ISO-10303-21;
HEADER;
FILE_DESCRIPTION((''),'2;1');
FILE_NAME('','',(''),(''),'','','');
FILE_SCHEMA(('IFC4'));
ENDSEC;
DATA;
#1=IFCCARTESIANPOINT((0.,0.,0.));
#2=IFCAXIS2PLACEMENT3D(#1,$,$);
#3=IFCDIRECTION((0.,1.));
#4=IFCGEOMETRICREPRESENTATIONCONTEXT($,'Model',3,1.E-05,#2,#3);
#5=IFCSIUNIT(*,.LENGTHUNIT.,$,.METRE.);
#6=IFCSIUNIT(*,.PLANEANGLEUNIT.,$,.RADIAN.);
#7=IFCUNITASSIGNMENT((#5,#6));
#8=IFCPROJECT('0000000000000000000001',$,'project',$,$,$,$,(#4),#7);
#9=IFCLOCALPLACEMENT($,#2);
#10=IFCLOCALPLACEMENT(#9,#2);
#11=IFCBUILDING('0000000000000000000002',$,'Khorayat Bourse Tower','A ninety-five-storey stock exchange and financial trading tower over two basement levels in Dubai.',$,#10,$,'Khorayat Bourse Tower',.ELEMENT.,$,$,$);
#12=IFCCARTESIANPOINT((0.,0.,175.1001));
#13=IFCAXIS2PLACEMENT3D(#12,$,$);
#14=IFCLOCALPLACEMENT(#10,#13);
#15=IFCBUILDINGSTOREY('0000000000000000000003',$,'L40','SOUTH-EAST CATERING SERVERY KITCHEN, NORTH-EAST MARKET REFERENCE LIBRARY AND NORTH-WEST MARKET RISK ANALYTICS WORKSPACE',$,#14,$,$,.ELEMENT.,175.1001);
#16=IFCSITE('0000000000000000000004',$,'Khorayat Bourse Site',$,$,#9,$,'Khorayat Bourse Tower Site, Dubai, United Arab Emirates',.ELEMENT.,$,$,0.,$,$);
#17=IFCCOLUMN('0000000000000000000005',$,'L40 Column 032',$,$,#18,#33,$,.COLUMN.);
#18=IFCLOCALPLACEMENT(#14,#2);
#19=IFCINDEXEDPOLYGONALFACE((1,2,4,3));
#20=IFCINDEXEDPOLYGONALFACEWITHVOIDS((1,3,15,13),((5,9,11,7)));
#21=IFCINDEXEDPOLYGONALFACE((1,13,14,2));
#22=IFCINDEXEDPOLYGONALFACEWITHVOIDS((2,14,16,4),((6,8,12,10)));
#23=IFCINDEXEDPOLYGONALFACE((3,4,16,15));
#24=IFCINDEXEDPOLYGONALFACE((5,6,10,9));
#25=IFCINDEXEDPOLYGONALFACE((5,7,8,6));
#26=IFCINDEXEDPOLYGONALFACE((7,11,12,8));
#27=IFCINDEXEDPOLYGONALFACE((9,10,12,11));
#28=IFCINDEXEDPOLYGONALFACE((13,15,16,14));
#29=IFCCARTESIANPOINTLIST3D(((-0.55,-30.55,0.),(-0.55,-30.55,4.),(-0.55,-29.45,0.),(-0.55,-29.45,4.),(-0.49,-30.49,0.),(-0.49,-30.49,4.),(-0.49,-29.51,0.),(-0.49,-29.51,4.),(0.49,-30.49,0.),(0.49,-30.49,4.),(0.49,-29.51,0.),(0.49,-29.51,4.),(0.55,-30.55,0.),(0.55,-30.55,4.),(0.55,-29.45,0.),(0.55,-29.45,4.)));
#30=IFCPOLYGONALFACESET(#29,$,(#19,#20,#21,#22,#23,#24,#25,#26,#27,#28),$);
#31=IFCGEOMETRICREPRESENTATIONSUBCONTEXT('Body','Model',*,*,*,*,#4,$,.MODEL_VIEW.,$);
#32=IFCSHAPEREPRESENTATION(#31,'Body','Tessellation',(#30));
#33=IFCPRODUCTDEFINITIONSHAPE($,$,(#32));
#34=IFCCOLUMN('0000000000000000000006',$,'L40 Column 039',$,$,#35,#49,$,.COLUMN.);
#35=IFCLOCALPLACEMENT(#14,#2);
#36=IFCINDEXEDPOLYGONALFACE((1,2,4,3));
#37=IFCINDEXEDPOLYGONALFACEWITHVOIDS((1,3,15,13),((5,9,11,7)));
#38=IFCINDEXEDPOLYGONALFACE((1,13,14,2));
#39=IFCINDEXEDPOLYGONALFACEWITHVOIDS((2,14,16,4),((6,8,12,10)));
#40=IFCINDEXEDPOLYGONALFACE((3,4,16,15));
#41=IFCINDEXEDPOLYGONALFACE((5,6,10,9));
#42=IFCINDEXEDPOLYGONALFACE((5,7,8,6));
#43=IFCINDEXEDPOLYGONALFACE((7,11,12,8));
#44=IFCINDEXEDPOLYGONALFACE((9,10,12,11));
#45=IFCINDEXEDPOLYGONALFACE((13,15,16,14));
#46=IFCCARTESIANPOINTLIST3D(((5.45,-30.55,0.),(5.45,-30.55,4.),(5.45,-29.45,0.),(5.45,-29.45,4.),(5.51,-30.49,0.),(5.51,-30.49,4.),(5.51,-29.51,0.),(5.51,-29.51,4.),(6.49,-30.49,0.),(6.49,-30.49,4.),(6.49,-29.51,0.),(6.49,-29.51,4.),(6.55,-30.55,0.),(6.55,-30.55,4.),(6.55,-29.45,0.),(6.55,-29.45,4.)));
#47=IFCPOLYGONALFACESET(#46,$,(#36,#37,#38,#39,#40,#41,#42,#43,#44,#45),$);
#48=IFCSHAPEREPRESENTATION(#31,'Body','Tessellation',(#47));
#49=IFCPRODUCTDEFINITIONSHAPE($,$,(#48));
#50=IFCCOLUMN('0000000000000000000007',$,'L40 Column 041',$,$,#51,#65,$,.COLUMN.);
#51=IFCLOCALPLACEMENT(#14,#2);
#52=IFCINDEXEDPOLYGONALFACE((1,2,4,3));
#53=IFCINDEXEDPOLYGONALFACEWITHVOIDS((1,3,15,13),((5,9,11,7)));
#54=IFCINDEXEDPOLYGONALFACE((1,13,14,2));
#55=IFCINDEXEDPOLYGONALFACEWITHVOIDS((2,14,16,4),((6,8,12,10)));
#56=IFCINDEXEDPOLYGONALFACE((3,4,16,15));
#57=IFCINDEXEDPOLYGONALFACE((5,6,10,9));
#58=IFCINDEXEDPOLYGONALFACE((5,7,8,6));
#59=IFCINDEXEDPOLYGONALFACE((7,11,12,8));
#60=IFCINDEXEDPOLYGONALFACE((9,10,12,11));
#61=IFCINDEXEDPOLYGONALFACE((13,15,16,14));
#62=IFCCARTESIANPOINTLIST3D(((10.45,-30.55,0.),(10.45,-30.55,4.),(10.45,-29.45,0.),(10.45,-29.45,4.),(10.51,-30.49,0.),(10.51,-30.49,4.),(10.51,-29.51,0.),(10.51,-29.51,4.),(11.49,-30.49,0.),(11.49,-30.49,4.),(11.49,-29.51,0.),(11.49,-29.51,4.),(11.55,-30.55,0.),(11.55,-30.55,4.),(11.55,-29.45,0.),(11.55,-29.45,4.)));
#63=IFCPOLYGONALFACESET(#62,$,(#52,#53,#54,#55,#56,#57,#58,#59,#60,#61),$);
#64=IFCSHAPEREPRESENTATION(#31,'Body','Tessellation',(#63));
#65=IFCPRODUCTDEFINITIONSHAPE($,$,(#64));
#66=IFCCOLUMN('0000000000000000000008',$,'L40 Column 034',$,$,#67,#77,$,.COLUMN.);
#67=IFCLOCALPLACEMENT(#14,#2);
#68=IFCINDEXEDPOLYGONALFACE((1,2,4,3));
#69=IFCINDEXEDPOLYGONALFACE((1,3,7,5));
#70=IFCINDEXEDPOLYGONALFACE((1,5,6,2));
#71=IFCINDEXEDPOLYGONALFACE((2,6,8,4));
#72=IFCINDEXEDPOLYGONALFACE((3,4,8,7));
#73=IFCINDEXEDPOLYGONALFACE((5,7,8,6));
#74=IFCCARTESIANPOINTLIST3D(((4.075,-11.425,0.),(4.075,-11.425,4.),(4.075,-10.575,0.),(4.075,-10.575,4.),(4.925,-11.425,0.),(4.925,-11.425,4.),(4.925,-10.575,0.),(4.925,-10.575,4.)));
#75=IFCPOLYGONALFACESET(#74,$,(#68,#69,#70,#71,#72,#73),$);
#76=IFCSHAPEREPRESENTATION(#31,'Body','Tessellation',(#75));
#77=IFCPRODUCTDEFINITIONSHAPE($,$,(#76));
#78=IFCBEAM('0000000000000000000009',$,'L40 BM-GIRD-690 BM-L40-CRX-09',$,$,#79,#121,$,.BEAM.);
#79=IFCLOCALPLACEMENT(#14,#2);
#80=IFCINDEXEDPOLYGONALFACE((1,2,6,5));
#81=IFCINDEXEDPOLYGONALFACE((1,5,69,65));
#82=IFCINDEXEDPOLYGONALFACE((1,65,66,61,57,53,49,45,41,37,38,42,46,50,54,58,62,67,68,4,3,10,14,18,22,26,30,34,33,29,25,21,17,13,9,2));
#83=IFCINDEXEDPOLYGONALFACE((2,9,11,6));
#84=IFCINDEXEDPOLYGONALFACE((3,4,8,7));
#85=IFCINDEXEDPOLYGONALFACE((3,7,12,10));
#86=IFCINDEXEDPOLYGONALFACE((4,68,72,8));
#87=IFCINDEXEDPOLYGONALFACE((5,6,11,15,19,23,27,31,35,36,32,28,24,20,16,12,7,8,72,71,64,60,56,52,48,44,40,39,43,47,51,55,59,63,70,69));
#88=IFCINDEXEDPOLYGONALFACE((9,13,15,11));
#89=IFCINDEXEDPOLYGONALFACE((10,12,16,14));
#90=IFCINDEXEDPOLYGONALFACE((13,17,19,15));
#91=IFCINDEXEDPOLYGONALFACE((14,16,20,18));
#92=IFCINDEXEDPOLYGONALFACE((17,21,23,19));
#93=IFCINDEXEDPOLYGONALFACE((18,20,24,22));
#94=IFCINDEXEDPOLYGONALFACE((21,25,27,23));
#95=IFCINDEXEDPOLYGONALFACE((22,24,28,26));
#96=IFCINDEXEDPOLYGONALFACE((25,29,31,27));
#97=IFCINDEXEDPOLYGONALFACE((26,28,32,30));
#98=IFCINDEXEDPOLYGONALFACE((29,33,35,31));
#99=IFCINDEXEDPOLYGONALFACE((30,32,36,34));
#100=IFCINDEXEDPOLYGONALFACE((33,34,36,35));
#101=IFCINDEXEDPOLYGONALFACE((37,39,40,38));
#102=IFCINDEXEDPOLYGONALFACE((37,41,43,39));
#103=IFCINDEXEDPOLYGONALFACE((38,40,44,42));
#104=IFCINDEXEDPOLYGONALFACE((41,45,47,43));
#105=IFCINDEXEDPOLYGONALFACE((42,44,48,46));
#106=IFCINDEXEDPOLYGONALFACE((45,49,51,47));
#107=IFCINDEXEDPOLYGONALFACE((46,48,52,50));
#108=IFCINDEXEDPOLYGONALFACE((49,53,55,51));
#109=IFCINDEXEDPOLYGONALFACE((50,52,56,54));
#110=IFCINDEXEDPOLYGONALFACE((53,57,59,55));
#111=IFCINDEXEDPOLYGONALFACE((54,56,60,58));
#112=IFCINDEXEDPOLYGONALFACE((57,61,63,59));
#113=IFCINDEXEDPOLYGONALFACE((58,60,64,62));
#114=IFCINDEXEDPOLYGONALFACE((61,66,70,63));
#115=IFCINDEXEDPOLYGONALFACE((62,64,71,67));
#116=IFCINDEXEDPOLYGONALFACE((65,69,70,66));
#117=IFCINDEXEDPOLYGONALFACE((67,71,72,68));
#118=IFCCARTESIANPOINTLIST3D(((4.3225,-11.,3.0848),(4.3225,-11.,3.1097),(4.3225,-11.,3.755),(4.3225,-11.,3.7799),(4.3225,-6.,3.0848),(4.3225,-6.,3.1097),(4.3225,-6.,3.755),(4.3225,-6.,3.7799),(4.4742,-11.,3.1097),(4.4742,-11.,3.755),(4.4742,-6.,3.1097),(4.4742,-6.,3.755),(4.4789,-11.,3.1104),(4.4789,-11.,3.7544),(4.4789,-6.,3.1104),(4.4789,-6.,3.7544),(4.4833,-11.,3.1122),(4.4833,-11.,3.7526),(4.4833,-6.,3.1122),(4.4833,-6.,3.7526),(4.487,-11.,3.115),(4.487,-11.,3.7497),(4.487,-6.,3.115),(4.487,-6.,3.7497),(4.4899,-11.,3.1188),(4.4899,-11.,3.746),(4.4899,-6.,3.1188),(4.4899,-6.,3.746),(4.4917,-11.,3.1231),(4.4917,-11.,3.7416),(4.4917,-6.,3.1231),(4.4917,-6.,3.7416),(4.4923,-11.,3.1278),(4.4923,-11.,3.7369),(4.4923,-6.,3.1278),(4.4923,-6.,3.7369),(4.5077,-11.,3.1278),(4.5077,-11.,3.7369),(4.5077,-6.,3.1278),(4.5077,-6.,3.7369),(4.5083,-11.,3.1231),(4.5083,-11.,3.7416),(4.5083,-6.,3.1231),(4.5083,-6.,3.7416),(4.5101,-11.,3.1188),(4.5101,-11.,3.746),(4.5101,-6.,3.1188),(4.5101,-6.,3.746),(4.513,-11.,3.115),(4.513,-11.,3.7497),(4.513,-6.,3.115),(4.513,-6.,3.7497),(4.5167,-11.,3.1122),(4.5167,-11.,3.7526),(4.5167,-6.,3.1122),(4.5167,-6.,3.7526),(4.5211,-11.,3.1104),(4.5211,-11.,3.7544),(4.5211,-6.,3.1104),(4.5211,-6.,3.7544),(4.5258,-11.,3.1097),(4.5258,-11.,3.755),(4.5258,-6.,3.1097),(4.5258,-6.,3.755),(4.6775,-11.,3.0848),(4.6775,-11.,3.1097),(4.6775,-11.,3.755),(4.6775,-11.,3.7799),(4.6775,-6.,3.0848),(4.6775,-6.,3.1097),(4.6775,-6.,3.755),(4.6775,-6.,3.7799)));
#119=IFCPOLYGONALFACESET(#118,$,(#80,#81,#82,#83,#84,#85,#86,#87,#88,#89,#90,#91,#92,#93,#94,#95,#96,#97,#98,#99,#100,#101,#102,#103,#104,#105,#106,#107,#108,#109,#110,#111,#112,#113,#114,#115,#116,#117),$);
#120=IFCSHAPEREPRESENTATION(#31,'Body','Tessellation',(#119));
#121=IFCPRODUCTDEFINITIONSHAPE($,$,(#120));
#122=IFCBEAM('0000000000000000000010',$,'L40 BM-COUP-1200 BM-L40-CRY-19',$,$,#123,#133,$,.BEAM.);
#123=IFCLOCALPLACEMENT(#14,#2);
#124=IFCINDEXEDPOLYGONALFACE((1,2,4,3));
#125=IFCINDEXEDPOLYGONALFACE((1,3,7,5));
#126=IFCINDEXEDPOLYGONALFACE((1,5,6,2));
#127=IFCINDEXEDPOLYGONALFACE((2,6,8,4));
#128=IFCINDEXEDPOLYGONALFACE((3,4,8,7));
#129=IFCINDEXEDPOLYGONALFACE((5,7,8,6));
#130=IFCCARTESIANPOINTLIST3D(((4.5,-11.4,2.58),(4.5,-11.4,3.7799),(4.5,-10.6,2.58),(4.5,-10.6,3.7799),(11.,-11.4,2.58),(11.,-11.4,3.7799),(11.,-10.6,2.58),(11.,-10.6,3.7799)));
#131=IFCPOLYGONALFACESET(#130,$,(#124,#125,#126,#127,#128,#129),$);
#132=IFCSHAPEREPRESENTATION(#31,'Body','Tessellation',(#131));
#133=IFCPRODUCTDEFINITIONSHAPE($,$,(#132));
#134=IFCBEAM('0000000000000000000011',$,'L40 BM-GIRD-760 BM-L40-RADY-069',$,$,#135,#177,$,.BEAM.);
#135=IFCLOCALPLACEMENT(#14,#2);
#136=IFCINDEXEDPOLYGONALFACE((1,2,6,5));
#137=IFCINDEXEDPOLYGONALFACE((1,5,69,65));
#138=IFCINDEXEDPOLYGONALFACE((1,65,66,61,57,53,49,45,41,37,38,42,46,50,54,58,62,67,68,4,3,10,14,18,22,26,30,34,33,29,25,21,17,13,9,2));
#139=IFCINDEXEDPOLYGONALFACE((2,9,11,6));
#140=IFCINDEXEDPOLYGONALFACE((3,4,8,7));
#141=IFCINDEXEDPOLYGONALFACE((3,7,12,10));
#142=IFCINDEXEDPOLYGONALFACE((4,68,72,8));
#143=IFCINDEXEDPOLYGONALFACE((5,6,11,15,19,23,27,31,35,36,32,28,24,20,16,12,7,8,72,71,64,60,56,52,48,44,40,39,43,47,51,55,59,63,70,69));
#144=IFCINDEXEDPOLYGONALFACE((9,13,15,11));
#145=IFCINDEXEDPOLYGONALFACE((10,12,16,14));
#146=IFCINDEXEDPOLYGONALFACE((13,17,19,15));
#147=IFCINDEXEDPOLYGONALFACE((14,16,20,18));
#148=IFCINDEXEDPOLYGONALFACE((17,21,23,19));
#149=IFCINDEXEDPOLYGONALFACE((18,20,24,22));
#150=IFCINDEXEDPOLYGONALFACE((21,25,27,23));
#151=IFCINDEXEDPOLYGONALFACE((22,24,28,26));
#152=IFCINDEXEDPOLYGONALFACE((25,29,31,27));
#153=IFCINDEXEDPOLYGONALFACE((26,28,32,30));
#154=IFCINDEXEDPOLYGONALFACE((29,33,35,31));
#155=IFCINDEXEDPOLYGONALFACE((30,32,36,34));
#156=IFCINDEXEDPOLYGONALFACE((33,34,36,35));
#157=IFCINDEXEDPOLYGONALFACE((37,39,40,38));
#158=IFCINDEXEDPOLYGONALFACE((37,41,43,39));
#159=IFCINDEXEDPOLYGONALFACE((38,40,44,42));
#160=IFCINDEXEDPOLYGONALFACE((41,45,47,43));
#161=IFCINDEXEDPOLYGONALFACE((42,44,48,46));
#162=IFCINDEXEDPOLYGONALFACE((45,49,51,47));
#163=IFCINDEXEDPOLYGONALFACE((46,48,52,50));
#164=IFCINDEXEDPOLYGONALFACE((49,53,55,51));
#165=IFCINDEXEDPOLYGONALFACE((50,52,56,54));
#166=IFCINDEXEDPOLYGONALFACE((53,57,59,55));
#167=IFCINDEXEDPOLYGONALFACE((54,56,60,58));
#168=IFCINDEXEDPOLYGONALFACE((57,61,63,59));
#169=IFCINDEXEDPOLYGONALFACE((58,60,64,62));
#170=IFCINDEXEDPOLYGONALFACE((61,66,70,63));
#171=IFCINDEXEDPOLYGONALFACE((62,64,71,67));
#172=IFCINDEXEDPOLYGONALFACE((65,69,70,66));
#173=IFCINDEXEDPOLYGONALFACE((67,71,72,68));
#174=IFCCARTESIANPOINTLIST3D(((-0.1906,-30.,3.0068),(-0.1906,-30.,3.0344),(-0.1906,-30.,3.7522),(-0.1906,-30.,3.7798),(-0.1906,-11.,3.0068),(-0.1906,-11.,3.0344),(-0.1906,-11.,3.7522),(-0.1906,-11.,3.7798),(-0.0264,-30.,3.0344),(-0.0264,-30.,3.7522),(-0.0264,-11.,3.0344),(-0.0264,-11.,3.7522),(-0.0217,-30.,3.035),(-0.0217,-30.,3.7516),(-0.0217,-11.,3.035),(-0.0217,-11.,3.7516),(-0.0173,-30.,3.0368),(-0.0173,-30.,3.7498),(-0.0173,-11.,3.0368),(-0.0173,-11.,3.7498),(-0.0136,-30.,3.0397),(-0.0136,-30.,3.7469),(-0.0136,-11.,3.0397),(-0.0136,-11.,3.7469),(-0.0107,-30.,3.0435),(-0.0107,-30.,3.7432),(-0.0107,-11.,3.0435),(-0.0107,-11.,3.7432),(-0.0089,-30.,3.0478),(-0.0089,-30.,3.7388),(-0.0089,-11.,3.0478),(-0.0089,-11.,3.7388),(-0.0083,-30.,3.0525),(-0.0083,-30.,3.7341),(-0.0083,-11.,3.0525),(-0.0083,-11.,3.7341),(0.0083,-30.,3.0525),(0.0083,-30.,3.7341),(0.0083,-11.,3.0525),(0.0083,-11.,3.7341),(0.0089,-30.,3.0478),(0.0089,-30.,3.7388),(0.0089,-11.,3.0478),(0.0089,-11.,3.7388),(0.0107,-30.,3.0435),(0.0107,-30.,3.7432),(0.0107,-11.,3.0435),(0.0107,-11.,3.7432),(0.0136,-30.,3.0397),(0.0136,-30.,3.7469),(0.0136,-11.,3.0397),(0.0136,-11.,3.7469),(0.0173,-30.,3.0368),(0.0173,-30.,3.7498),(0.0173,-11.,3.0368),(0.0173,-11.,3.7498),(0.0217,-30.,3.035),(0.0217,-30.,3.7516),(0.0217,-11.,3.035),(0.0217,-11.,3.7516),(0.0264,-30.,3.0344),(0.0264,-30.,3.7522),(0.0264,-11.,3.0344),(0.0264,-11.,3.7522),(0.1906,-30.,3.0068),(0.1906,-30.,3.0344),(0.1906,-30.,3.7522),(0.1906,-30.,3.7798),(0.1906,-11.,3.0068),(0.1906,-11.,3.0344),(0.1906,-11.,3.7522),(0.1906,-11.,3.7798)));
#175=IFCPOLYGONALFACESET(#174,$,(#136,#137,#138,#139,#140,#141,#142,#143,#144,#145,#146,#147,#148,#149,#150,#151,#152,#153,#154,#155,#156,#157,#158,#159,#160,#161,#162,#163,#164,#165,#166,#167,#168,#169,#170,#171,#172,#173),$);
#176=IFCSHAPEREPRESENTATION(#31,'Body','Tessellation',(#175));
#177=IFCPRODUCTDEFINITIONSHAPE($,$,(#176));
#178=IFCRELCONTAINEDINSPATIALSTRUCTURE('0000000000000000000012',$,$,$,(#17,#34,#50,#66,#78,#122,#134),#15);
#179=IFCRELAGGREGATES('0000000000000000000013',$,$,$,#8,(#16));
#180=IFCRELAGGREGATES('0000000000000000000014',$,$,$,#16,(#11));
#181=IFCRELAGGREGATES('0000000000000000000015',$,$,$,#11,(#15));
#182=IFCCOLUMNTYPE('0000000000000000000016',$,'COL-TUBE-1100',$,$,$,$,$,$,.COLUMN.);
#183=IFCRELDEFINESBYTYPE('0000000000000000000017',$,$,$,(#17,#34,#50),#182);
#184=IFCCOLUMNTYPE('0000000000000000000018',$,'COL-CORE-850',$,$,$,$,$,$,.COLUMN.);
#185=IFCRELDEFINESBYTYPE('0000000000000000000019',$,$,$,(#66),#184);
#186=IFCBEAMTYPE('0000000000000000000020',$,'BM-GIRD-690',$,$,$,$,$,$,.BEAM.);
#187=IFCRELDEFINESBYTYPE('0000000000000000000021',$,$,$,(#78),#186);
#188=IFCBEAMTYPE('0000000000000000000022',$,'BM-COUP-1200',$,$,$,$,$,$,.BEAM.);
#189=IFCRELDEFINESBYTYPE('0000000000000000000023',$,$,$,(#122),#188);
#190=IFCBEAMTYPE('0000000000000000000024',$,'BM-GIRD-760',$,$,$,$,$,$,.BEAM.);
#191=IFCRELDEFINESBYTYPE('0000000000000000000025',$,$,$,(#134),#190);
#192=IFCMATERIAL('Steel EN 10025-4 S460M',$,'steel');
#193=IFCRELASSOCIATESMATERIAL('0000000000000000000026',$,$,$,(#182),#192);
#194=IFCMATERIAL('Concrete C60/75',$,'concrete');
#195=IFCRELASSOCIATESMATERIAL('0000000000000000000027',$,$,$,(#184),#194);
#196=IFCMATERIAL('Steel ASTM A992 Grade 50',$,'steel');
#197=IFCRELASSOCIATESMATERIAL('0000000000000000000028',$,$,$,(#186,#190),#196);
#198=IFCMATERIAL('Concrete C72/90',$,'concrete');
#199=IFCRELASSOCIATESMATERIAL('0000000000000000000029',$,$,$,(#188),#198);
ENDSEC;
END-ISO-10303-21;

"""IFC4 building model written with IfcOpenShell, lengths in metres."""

from ifc_helpers import new_model, si_unit, direction, frame, origin, origin_2d, place, context, subcontext, project, spatial, rectangle, hollow_rectangle, i_section, extrude, source, transform, mapped, material, material_profile, profile_set, type_object, element, save


model = new_model("IFC4")

# Units and contexts
model_context = context("Model", 3, precision=1e-05, world=origin(), true_north=direction((0.0, 1.0)))
body_context = subcontext(model_context, "Body", "Model", "MODEL_VIEW")
ifc_project = project(units=[si_unit("LENGTHUNIT", "METRE"), si_unit("PLANEANGLEUNIT", "RADIAN")], contexts=[model_context])

# Site, building, storey
site_placement = place(None, origin())
site = spatial("IfcSite", under=ifc_project, at=site_placement, Name="Khorayat Bourse Site", LongName="Khorayat Bourse Tower Site, Dubai, United Arab Emirates", CompositionType="ELEMENT", RefElevation=0.0)
building_placement = place(site_placement, origin())
building = spatial("IfcBuilding", under=site, at=building_placement, Name="Khorayat Bourse Tower", Description="A ninety-five-storey stock exchange and financial trading tower over two basement levels in Dubai.", LongName="Khorayat Bourse Tower", CompositionType="ELEMENT")
storey_placement = place(building_placement, frame((0.0, 0.0, 175.1001)))
storey = spatial("IfcBuildingStorey", under=building, at=storey_placement, Name="L40", Description="SOUTH-EAST CATERING SERVERY KITCHEN, NORTH-EAST MARKET REFERENCE LIBRARY AND NORTH-WEST MARKET RISK ANALYTICS WORKSPACE", CompositionType="ELEMENT", Elevation=175.1001)

# Columns
ifc_material_1 = material(Name="Steel EN 10025-4 S460M", Category="steel")
ifc_material_profile_1 = material_profile(ifc_material_1, hollow_rectangle(XDim=1.1001, YDim=1.1001, WallThickness=0.0601, at=origin_2d()), Name="BOX 1100x1100x60")
ifc_profile_set_1 = profile_set([ifc_material_profile_1], Name="Steel EN 10025-4 S460M")
column_type_1 = type_object("IfcColumnType", Name="COL-TUBE-1100", PredefinedType="COLUMN", material=ifc_profile_set_1)
shared_shape_1 = source(origin(), body_context, "Body", "SweptSolid", [
    extrude(hollow_rectangle(XDim=1.1001, YDim=1.1001, WallThickness=0.0601, at=origin_2d()), origin(), (0.0, 0.0, 1.0), 4.0),
])
for number, where, z_axis, x_axis, name in (
    (1, (0.0, -30.0, 0.0), (0.0, 0.0, 1.0), (1.0, 0.0, 0.0), "L40 Column 032"),
    (2, (6.0, -30.0, 0.0), (0.0, 0.0, 1.0), (1.0, 0.0, 0.0), "L40 Column 039"),
    (3, (11.0, -30.0, 0.0), (0.0, 0.0, 1.0), (1.0, 0.0, 0.0), "L40 Column 041"),
):
    element("IfcColumn", number, at=place(storey_placement, frame(where, z_axis=z_axis, x_axis=x_axis)), inside=storey, type_object=column_type_1, Name=name, PredefinedType="COLUMN", context=body_context, shape_type="MappedRepresentation", body=[
        mapped(shared_shape_1, transform((0.0, 0.0, 0.0), scale=1.0)),
    ])
ifc_material_2 = material(Name="Concrete C60/75", Category="concrete")
ifc_material_profile_2 = material_profile(ifc_material_2, rectangle(XDim=0.8501, YDim=0.8501, at=origin_2d()), Name="RC 850x850")
ifc_profile_set_2 = profile_set([ifc_material_profile_2], Name="Concrete C60/75")
column_type_2 = type_object("IfcColumnType", Name="COL-CORE-850", PredefinedType="COLUMN", material=ifc_profile_set_2)
shared_shape_2 = source(origin(), body_context, "Body", "SweptSolid", [
    extrude(rectangle(XDim=0.8501, YDim=0.8501, at=origin_2d()), origin(), (0.0, 0.0, 1.0), 4.0),
])
column_placement = place(storey_placement, frame((4.5, -11.0, 0.0), z_axis=(0.0, 0.0, 1.0), x_axis=(1.0, 0.0, 0.0)))
element("IfcColumn", 4, at=column_placement, inside=storey, type_object=column_type_2, Name="L40 Column 034", PredefinedType="COLUMN", context=body_context, shape_type="MappedRepresentation", body=[
    mapped(shared_shape_2, transform((0.0, 0.0, 0.0), scale=1.0)),
])

# Beams
ifc_material_3 = material(Name="Steel ASTM A992 Grade 50", Category="steel")
ifc_material_profile_3 = material_profile(ifc_material_3, i_section(OverallWidth=0.355, OverallDepth=0.6951, WebThickness=0.0154, FlangeThickness=0.0249, FilletRadius=0.0181, at=origin_2d()), Name="W690X217")
ifc_profile_set_3 = profile_set([ifc_material_profile_3], Name="Steel ASTM A992 Grade 50")
beam_type_1 = type_object("IfcBeamType", Name="BM-GIRD-690", PredefinedType="BEAM", material=ifc_profile_set_3)
shared_shape_3 = source(origin(), body_context, "Body", "SweptSolid", [
    extrude(i_section(OverallWidth=0.355, OverallDepth=0.6951, WebThickness=0.0154, FlangeThickness=0.0249, FilletRadius=0.0181, at=origin_2d()), origin(), (0.0, 0.0, 1.0), 5.0),
])
beam_1_placement = place(storey_placement, frame((4.5, -11.0, 3.4324), z_axis=(0.0, 1.0, 0.0), x_axis=(-1.0, 0.0, 0.0)))
element("IfcBeam", 5, at=beam_1_placement, inside=storey, type_object=beam_type_1, Name="L40 BM-GIRD-690 BM-L40-CRX-09", PredefinedType="BEAM", context=body_context, shape_type="MappedRepresentation", body=[
    mapped(shared_shape_3, transform((0.0, 0.0, 0.0), scale=1.0)),
])
ifc_material_4 = material(Name="Concrete C72/90", Category="concrete")
ifc_material_profile_4 = material_profile(ifc_material_4, rectangle(XDim=0.8, YDim=1.2, at=origin_2d()), Name="RC 800x1200")
ifc_profile_set_4 = profile_set([ifc_material_profile_4], Name="Concrete C72/90")
beam_type_2 = type_object("IfcBeamType", Name="BM-COUP-1200", PredefinedType="BEAM", material=ifc_profile_set_4)
shared_shape_4 = source(origin(), body_context, "Body", "SweptSolid", [
    extrude(rectangle(XDim=0.8, YDim=1.2, at=origin_2d()), origin(), (0.0, 0.0, 1.0), 6.5),
])
beam_2_placement = place(storey_placement, frame((4.5, -11.0, 3.1799), z_axis=(1.0, 0.0, 0.0), x_axis=(0.0, 1.0, 0.0)))
element("IfcBeam", 6, at=beam_2_placement, inside=storey, type_object=beam_type_2, Name="L40 BM-COUP-1200 BM-L40-CRY-19", PredefinedType="BEAM", context=body_context, shape_type="MappedRepresentation", body=[
    mapped(shared_shape_4, transform((0.0, 0.0, 0.0), scale=1.0)),
])
ifc_material_profile_5 = material_profile(ifc_material_3, i_section(OverallWidth=0.3811, OverallDepth=0.7729, WebThickness=0.0166, FlangeThickness=0.0276, FilletRadius=0.0181, at=origin_2d()), Name="W760X257")
ifc_profile_set_5 = profile_set([ifc_material_profile_5], Name="Steel ASTM A992 Grade 50")
beam_type_3 = type_object("IfcBeamType", Name="BM-GIRD-760", PredefinedType="BEAM", material=ifc_profile_set_5)
shared_shape_5 = source(origin(), body_context, "Body", "SweptSolid", [
    extrude(i_section(OverallWidth=0.3811, OverallDepth=0.7729, WebThickness=0.0166, FlangeThickness=0.0276, FilletRadius=0.0181, at=origin_2d()), origin(), (0.0, 0.0, 1.0), 19.0),
])
for number, where, z_axis, x_axis, name in (
    (7, (0.0, -30.0, 3.3933), (0.0, 1.0, 0.0), (-1.0, 0.0, 0.0), "L40 BM-GIRD-760 BM-L40-RADY-069"),
):
    element("IfcBeam", number, at=place(storey_placement, frame(where, z_axis=z_axis, x_axis=x_axis)), inside=storey, type_object=beam_type_3, Name=name, PredefinedType="BEAM", context=body_context, shape_type="MappedRepresentation", body=[
        mapped(shared_shape_5, transform((0.0, 0.0, 0.0), scale=1.0)),
    ])

save(model, "model.ifc")
